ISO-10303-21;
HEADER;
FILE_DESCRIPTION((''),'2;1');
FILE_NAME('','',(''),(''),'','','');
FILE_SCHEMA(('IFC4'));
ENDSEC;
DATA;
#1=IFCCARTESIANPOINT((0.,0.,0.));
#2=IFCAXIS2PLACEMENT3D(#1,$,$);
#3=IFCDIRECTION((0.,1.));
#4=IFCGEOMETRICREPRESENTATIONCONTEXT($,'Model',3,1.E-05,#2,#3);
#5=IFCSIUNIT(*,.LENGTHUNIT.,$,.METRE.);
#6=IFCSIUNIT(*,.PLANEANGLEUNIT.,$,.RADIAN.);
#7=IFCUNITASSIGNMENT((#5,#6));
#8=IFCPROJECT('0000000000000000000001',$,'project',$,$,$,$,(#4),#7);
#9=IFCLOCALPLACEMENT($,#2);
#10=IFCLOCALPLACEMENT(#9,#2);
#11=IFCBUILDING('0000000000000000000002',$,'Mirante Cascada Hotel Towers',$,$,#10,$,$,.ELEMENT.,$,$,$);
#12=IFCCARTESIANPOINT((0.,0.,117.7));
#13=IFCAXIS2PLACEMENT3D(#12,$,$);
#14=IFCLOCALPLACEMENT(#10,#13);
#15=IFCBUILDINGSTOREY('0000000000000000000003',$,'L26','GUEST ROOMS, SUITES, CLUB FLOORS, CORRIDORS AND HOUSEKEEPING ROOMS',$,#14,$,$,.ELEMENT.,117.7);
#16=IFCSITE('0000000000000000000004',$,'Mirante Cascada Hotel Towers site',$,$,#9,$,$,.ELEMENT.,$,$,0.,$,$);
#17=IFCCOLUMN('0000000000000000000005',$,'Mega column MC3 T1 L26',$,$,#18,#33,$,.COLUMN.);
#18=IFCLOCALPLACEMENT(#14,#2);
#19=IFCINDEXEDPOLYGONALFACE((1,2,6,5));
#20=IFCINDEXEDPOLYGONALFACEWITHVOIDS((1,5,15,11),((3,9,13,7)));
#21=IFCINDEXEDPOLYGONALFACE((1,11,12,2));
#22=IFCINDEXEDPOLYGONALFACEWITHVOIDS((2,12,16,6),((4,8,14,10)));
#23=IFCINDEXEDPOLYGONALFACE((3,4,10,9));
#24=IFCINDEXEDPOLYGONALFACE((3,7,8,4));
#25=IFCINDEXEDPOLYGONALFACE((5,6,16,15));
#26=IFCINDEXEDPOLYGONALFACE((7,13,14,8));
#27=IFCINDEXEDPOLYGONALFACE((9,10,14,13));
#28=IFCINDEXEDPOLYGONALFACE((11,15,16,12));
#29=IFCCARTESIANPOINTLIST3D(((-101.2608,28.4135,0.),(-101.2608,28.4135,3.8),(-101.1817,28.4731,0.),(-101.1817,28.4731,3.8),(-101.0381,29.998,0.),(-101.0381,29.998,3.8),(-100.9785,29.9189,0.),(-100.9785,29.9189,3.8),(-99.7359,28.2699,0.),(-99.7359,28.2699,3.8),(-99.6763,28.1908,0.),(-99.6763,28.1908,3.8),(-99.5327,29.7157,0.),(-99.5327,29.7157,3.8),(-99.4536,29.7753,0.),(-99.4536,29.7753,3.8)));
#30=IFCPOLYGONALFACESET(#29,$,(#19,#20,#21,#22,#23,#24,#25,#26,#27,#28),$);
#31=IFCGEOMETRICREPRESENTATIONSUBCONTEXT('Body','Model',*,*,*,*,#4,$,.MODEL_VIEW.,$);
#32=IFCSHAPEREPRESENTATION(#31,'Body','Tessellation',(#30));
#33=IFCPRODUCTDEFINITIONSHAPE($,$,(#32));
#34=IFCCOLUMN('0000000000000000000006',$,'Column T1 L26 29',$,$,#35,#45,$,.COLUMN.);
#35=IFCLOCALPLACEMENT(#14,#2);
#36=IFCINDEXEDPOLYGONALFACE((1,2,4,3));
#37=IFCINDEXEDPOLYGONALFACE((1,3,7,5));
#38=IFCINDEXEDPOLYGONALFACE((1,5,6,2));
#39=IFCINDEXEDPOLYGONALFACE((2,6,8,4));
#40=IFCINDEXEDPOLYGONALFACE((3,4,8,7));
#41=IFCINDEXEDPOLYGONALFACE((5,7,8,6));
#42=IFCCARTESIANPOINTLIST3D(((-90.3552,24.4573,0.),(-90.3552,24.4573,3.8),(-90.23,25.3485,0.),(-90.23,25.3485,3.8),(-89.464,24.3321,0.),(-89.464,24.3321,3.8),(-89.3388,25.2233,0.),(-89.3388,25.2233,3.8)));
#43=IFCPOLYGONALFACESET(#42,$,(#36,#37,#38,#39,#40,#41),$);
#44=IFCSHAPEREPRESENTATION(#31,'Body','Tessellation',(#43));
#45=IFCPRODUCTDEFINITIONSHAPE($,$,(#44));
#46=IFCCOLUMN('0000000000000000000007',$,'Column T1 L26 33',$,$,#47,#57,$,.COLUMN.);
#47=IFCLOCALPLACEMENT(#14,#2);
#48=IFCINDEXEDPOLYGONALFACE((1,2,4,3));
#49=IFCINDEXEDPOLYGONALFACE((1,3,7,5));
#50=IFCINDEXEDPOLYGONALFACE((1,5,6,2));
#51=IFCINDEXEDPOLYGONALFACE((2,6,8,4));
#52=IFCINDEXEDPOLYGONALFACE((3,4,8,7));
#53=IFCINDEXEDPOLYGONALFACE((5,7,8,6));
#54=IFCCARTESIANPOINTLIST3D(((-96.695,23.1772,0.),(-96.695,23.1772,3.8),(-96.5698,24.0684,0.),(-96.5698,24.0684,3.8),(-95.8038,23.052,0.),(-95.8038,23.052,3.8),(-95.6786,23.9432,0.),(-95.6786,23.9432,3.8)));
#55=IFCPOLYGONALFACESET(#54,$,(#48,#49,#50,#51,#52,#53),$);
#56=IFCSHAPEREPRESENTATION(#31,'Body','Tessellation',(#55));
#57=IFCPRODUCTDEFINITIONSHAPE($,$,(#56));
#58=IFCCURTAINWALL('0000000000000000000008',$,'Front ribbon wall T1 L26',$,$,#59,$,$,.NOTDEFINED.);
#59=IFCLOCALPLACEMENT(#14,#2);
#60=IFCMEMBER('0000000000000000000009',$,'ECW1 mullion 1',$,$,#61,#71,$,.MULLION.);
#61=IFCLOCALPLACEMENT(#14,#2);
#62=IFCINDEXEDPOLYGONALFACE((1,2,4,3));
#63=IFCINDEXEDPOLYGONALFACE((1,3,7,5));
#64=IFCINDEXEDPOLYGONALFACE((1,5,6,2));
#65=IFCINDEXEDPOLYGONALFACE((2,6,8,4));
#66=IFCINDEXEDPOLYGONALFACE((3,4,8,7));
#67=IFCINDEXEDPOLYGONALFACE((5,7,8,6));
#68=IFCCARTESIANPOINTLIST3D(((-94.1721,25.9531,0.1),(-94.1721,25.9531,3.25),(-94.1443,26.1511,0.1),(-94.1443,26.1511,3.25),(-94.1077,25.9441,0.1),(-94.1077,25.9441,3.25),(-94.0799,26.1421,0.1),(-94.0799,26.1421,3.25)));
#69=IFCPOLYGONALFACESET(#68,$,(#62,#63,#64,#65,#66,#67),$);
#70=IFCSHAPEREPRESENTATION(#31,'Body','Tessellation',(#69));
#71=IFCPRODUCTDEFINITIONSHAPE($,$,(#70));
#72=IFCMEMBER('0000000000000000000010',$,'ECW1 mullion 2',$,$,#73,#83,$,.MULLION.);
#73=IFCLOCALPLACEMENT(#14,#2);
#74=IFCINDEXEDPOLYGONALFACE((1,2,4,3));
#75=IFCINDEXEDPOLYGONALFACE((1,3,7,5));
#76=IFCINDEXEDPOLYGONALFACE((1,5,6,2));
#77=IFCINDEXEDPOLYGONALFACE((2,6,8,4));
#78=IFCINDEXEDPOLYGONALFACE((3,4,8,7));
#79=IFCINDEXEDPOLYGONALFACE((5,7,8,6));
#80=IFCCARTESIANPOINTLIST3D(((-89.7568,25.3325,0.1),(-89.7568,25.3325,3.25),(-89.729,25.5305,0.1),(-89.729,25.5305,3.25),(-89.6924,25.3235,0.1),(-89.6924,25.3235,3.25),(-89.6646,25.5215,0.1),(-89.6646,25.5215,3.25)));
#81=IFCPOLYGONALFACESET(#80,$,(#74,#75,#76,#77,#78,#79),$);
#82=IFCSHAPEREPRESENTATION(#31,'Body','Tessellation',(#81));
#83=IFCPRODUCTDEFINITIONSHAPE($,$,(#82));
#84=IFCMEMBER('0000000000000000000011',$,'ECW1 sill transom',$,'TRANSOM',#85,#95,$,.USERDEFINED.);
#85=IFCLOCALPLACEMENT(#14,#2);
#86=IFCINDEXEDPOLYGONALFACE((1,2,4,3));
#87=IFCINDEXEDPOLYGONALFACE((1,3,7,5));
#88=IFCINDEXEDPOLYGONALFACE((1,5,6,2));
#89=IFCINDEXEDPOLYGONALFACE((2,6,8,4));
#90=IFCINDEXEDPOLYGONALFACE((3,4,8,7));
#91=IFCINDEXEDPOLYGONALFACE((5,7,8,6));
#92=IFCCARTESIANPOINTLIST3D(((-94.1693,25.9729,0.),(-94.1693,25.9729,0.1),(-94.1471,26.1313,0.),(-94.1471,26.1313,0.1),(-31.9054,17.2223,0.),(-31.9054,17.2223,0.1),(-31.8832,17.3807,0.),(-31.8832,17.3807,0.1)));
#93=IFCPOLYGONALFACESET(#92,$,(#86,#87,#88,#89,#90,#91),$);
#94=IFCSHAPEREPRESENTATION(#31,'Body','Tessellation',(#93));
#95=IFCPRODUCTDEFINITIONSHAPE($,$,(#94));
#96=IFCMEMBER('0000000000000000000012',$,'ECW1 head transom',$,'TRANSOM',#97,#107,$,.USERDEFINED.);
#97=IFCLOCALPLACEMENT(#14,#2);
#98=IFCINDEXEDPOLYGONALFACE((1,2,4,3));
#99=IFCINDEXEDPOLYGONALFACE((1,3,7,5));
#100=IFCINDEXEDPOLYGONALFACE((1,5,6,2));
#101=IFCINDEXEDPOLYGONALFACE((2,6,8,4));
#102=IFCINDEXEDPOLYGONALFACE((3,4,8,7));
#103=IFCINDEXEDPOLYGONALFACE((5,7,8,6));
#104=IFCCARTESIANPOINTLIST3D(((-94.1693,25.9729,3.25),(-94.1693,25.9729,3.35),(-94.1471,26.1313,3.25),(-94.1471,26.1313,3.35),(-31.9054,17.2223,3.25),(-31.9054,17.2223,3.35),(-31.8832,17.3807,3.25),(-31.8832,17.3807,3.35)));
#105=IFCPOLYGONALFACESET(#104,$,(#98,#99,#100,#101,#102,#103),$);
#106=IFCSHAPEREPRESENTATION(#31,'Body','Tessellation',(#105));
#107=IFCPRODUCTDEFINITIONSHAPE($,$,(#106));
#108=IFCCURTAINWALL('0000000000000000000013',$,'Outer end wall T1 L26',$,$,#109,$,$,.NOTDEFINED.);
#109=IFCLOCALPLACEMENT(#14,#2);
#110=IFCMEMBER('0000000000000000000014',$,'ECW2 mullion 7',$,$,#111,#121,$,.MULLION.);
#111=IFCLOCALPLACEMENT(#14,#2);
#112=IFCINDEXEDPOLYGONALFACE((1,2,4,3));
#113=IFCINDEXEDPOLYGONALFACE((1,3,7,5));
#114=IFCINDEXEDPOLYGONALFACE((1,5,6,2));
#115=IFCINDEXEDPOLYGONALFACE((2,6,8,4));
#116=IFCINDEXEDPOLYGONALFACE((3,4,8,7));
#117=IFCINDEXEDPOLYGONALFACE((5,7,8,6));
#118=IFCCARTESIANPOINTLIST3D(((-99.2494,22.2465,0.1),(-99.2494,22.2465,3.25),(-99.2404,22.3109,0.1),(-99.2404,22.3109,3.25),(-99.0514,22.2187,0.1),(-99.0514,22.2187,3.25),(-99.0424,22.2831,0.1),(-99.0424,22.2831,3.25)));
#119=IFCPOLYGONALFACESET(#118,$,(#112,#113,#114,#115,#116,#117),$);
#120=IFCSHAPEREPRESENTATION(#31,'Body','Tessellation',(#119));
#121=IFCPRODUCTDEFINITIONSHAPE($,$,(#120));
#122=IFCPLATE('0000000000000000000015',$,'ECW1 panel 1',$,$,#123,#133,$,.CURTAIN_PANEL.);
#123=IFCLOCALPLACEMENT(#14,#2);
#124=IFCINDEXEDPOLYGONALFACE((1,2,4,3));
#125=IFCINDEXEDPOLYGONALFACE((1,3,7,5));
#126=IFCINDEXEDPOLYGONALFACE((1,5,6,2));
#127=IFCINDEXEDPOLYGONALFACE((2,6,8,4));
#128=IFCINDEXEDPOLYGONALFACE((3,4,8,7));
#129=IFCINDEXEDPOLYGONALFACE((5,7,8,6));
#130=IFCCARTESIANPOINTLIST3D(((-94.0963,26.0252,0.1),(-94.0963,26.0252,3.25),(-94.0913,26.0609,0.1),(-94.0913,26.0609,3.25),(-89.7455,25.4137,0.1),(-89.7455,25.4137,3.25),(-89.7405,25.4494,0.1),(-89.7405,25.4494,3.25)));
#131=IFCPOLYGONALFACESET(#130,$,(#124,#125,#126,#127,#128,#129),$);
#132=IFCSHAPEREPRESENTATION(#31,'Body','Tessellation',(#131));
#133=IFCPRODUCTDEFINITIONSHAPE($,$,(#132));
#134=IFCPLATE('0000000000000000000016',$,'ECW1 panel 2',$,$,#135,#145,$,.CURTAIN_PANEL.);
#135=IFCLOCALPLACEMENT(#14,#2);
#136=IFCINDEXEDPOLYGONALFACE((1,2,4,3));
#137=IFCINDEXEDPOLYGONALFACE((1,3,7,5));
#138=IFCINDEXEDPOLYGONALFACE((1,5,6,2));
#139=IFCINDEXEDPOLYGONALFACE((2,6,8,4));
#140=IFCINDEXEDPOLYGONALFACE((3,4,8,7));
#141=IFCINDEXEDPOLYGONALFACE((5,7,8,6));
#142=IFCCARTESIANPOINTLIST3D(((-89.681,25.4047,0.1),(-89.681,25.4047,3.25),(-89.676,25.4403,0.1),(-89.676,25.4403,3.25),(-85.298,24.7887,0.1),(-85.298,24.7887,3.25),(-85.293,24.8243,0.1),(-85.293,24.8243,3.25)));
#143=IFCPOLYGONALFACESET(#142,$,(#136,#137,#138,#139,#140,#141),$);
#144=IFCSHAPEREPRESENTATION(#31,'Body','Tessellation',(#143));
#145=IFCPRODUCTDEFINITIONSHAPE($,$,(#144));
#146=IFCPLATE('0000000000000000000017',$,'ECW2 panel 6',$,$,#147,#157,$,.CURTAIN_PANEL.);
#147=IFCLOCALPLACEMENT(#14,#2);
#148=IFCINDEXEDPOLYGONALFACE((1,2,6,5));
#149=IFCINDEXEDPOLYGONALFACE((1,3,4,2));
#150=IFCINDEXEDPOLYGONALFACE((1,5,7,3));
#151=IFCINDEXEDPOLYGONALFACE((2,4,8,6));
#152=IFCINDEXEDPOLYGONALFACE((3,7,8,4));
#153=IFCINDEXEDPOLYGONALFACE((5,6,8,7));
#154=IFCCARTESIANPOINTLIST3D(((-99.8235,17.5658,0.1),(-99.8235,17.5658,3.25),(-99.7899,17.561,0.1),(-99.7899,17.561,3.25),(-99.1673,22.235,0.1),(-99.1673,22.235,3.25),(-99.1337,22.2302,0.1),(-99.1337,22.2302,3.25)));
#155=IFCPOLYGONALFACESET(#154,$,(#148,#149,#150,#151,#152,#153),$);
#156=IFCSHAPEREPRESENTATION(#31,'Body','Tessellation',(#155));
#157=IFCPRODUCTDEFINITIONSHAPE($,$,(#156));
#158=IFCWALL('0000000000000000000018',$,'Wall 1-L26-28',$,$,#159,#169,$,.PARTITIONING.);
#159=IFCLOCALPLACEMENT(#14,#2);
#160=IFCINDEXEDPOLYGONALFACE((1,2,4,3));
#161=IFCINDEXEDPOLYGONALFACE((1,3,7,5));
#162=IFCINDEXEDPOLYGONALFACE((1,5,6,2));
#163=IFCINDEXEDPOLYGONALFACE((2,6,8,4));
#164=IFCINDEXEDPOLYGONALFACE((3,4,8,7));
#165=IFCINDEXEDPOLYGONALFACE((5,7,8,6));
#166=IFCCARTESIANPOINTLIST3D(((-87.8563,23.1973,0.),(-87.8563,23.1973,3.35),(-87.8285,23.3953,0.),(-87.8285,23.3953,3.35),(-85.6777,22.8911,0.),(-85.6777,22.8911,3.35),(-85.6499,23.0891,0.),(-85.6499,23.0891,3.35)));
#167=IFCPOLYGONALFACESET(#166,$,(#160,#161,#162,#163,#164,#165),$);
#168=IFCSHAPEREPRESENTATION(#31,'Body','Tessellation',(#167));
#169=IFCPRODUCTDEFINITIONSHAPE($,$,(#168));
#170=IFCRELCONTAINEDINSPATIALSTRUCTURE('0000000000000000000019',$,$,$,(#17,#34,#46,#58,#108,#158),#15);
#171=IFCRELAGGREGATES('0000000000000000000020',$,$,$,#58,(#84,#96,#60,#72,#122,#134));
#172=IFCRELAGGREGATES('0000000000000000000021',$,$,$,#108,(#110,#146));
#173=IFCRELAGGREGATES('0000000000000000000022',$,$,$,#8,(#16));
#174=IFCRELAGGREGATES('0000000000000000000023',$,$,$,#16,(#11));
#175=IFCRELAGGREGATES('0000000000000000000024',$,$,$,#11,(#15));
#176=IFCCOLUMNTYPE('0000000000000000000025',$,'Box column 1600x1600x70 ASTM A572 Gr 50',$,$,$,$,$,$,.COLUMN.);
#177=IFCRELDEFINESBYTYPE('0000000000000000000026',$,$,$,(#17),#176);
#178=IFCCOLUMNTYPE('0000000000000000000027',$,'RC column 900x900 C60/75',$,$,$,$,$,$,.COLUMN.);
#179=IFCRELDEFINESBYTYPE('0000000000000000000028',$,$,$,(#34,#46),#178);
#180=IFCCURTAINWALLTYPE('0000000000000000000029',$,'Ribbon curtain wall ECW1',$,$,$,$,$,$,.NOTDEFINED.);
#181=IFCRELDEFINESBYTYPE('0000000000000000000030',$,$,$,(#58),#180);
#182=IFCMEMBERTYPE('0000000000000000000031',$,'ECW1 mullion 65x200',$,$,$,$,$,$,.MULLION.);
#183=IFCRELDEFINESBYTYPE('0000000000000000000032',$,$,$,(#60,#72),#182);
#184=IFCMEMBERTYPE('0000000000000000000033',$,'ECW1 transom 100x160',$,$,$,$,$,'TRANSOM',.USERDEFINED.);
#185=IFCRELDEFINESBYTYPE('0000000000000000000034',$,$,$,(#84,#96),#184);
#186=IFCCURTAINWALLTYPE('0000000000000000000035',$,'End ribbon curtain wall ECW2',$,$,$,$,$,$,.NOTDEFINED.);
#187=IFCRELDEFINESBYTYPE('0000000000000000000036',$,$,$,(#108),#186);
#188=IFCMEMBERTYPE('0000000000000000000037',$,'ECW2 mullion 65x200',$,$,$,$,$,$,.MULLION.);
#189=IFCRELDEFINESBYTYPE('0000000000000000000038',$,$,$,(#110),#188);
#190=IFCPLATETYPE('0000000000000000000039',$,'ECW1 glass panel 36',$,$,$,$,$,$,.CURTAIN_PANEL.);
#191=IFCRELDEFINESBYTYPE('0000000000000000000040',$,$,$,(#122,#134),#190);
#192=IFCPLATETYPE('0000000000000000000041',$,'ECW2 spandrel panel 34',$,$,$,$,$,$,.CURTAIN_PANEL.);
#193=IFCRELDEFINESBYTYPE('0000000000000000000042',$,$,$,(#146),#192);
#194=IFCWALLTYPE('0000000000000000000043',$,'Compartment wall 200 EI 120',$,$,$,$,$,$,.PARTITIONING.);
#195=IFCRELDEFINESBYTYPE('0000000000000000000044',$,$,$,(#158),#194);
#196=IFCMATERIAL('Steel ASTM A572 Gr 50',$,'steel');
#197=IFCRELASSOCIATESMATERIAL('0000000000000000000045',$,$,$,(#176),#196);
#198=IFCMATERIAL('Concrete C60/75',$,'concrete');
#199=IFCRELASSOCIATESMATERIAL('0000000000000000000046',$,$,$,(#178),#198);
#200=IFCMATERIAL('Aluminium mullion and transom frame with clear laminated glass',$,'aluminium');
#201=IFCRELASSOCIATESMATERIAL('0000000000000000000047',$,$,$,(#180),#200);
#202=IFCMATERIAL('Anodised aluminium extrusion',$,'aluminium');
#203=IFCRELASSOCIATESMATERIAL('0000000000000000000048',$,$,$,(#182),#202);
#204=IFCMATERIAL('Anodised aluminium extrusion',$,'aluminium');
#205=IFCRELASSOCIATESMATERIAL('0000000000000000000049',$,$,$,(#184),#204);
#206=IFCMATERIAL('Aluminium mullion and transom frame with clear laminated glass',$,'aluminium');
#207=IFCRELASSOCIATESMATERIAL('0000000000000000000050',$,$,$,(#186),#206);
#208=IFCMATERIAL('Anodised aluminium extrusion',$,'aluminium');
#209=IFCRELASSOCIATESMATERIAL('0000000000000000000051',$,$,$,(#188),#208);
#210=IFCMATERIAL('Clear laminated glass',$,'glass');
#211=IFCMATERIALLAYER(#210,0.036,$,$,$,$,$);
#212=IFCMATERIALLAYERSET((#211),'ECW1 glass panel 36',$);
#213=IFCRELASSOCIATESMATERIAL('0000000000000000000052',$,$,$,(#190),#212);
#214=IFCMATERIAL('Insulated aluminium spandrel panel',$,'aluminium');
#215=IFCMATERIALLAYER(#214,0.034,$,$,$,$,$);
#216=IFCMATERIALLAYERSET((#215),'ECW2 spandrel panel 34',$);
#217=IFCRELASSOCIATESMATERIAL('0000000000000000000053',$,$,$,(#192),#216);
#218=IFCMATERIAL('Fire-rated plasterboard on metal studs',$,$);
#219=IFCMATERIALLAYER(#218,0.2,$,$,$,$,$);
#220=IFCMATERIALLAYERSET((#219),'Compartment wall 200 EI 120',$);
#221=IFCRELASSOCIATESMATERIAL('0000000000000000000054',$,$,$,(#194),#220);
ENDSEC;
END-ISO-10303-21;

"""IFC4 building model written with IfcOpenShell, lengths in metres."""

from ifc_helpers import new_model, si_unit, direction, frame, frame_2d, origin, origin_2d, place, context, subcontext, project, spatial, rectangle, hollow_rectangle, extrude, material, layer, layer_set, material_profile, profile_set, type_object, element, aggregate, save


model = new_model("IFC4")

# Units and contexts
model_context = context("Model", 3, precision=1e-05, world=origin(), true_north=direction((0.0, 1.0)))
body_context = subcontext(model_context, "Body", "Model", "MODEL_VIEW")
ifc_project = project(units=[si_unit("LENGTHUNIT", "METRE"), si_unit("PLANEANGLEUNIT", "RADIAN")], contexts=[model_context])

# Site, building, storey
site_placement = place(None, origin())
site = spatial("IfcSite", under=ifc_project, at=site_placement, Name="Mirante Cascada Hotel Towers site", CompositionType="ELEMENT", RefElevation=0.0)
building_placement = place(site_placement, origin())
building = spatial("IfcBuilding", under=site, at=building_placement, Name="Mirante Cascada Hotel Towers", CompositionType="ELEMENT")
storey_placement = place(building_placement, frame((0.0, 0.0, 117.7)))
storey = spatial("IfcBuildingStorey", under=building, at=storey_placement, Name="L26", Description="GUEST ROOMS, SUITES, CLUB FLOORS, CORRIDORS AND HOUSEKEEPING ROOMS", CompositionType="ELEMENT", Elevation=117.7)

# Columns
ifc_material_1 = material(Name="Steel ASTM A572 Gr 50", Category="steel")
ifc_material_profile_1 = material_profile(ifc_material_1, hollow_rectangle(XDim=1.6, YDim=1.6, WallThickness=0.07, at=origin_2d()), Name="Box column 1600x1600x70 ASTM A572 Gr 50")
ifc_profile_set_1 = profile_set([ifc_material_profile_1], Name="Steel ASTM A572 Gr 50")
column_type_1 = type_object("IfcColumnType", Name="Box column 1600x1600x70 ASTM A572 Gr 50", PredefinedType="COLUMN", material=ifc_profile_set_1)
column_placement = place(storey_placement, frame((-100.3572, 29.0944, 0.0), z_axis=(0.0, 0.0, 1.0), x_axis=(-0.990268, 0.139173, 0.0)))
element("IfcColumn", 1, at=column_placement, inside=storey, type_object=column_type_1, Name="Mega column MC3 T1 L26", PredefinedType="COLUMN", context=body_context, shape_type="SweptSolid", body=[
    extrude(hollow_rectangle(XDim=1.6, YDim=1.6, WallThickness=0.07, at=origin_2d()), origin(), (0.0, 0.0, 1.0), 3.8),
])
ifc_material_2 = material(Name="Concrete C60/75", Category="concrete")
ifc_material_profile_2 = material_profile(ifc_material_2, rectangle(XDim=0.9, YDim=0.9, at=origin_2d()), Name="RC column 900x900 C60/75")
ifc_profile_set_2 = profile_set([ifc_material_profile_2], Name="Concrete C60/75")
column_type_2 = type_object("IfcColumnType", Name="RC column 900x900 C60/75", PredefinedType="COLUMN", material=ifc_profile_set_2)
for number, where, z_axis, x_axis, name in (
    (2, (-89.847, 24.8403, 0.0), (0.0, 0.0, 1.0), (-0.990268, 0.139173, 0.0), "Column T1 L26 29"),
    (3, (-96.1868, 23.5602, 0.0), (0.0, 0.0, 1.0), (-0.990268, 0.139173, 0.0), "Column T1 L26 33"),
):
    element("IfcColumn", number, at=place(storey_placement, frame(where, z_axis=z_axis, x_axis=x_axis)), inside=storey, type_object=column_type_2, Name=name, PredefinedType="COLUMN", context=body_context, shape_type="SweptSolid", body=[
        extrude(rectangle(XDim=0.9, YDim=0.9, at=origin_2d()), origin(), (0.0, 0.0, 1.0), 3.8),
    ])

# Curtain wall, members
ifc_material_3 = material(Name="Aluminium mullion and transom frame with clear laminated glass", Category="aluminium")
curtain_wall_type_1 = type_object("IfcCurtainWallType", Name="Ribbon curtain wall ECW1", PredefinedType="NOTDEFINED", material=ifc_material_3)
curtain_wall_1_placement = place(storey_placement, origin())
curtain_wall_1 = element("IfcCurtainWall", 4, at=curtain_wall_1_placement, inside=storey, type_object=curtain_wall_type_1, Name="Front ribbon wall T1 L26", PredefinedType="NOTDEFINED")
ifc_material_4 = material(Name="Anodised aluminium extrusion", Category="aluminium")
ifc_material_profile_3 = material_profile(ifc_material_4, rectangle(XDim=0.2, YDim=0.065, at=origin_2d()), Name="ECW1 MULLION 65x200")
ifc_profile_set_3 = profile_set([ifc_material_profile_3], Name="Anodised aluminium extrusion")
member_type_1 = type_object("IfcMemberType", Name="ECW1 mullion 65x200", PredefinedType="MULLION", material=ifc_profile_set_3)
member_1_placement = place(storey_placement, frame((-94.126, 26.0476, 0.1), z_axis=(0.0, 0.0, 1.0), x_axis=(0.139173, 0.990268, 0.0)))
member_1 = element("IfcMember", 5, at=member_1_placement, type_object=member_type_1, Name="ECW1 mullion 1", PredefinedType="MULLION", context=body_context, shape_type="SweptSolid", body=[
    extrude(rectangle(XDim=0.2, YDim=0.065, at=origin_2d()), origin(), (0.0, 0.0, 1.0), 3.15),
])
member_2_placement = place(storey_placement, frame((-89.7107, 25.427, 0.1), z_axis=(0.0, 0.0, 1.0), x_axis=(0.139173, 0.990268, 0.0)))
member_2 = element("IfcMember", 6, at=member_2_placement, type_object=member_type_1, Name="ECW1 mullion 2", PredefinedType="MULLION", context=body_context, shape_type="SweptSolid", body=[
    extrude(rectangle(XDim=0.2, YDim=0.065, at=origin_2d()), origin(), (0.0, 0.0, 1.0), 3.15),
])
ifc_material_5 = material(Name="Anodised aluminium extrusion", Category="aluminium")
ifc_material_profile_4 = material_profile(ifc_material_5, rectangle(XDim=0.16, YDim=0.1, at=origin_2d()), Name="ECW1 TRANSOM 100x160")
ifc_profile_set_4 = profile_set([ifc_material_profile_4], Name="Anodised aluminium extrusion")
member_type_2 = type_object("IfcMemberType", Name="ECW1 transom 100x160", ElementType="TRANSOM", PredefinedType="USERDEFINED", material=ifc_profile_set_4)
member_3_placement = place(storey_placement, frame((-94.1582, 26.0521, 0.05), z_axis=(0.990268, -0.139173, 0.0), x_axis=(0.139173, 0.990268, 0.0)))
member_3 = element("IfcMember", 7, at=member_3_placement, type_object=member_type_2, Name="ECW1 sill transom", ObjectType="TRANSOM", PredefinedType="USERDEFINED", context=body_context, shape_type="SweptSolid", body=[
    extrude(rectangle(XDim=0.16, YDim=0.1, at=origin_2d()), origin(), (0.0, 0.0, 1.0), 62.8758),
])
member_4_placement = place(storey_placement, frame((-94.1582, 26.0521, 3.3), z_axis=(0.990268, -0.139173, 0.0), x_axis=(0.139173, 0.990268, 0.0)))
member_4 = element("IfcMember", 8, at=member_4_placement, type_object=member_type_2, Name="ECW1 head transom", ObjectType="TRANSOM", PredefinedType="USERDEFINED", context=body_context, shape_type="SweptSolid", body=[
    extrude(rectangle(XDim=0.16, YDim=0.1, at=origin_2d()), origin(), (0.0, 0.0, 1.0), 62.8758),
])

# Curtain wall, member
ifc_material_6 = material(Name="Aluminium mullion and transom frame with clear laminated glass", Category="aluminium")
curtain_wall_type_2 = type_object("IfcCurtainWallType", Name="End ribbon curtain wall ECW2", PredefinedType="NOTDEFINED", material=ifc_material_6)
curtain_wall_2_placement = place(storey_placement, origin())
curtain_wall_2 = element("IfcCurtainWall", 9, at=curtain_wall_2_placement, inside=storey, type_object=curtain_wall_type_2, Name="Outer end wall T1 L26", PredefinedType="NOTDEFINED")
ifc_material_7 = material(Name="Anodised aluminium extrusion", Category="aluminium")
ifc_material_profile_5 = material_profile(ifc_material_7, rectangle(XDim=0.2, YDim=0.065, at=origin_2d()), Name="ECW2 MULLION 65x200")
ifc_profile_set_5 = profile_set([ifc_material_profile_5], Name="Anodised aluminium extrusion")
member_type_3 = type_object("IfcMemberType", Name="ECW2 mullion 65x200", PredefinedType="MULLION", material=ifc_profile_set_5)
member_5_placement = place(storey_placement, frame((-99.1459, 22.2648, 0.1), z_axis=(0.0, 0.0, 1.0), x_axis=(-0.990268, 0.139173, 0.0)))
member_5 = element("IfcMember", 10, at=member_5_placement, type_object=member_type_3, Name="ECW2 mullion 7", PredefinedType="MULLION", context=body_context, shape_type="SweptSolid", body=[
    extrude(rectangle(XDim=0.2, YDim=0.065, at=origin_2d()), origin(), (0.0, 0.0, 1.0), 3.15),
])

# Plates
ifc_material_8 = material(Name="Clear laminated glass", Category="glass")
ifc_layer_1 = layer(ifc_material_8, 0.036)
ifc_layer_set_1 = layer_set([ifc_layer_1], Name="ECW1 glass panel 36")
plate_type_1 = type_object("IfcPlateType", Name="ECW1 glass panel 36", PredefinedType="CURTAIN_PANEL", material=ifc_layer_set_1)
plate_1_placement = place(storey_placement, frame((-91.9184, 25.7373, 0.1), z_axis=(0.0, 0.0, 1.0), x_axis=(0.990268, -0.139173, 0.0)))
plate_1 = element("IfcPlate", 11, at=plate_1_placement, type_object=plate_type_1, Name="ECW1 panel 1", PredefinedType="CURTAIN_PANEL", context=body_context, shape_type="SweptSolid", body=[
    extrude(rectangle(XDim=4.3936, YDim=0.036, at=origin_2d()), origin(), (0.0, 0.0, 1.0), 3.15),
])
plate_2_placement = place(storey_placement, frame((-87.487, 25.1145, 0.1), z_axis=(0.0, 0.0, 1.0), x_axis=(0.990268, -0.139173, 0.0)))
plate_2 = element("IfcPlate", 12, at=plate_2_placement, type_object=plate_type_1, Name="ECW1 panel 2", PredefinedType="CURTAIN_PANEL", context=body_context, shape_type="SweptSolid", body=[
    extrude(rectangle(XDim=4.4261, YDim=0.036, at=origin_2d()), origin(), (0.0, 0.0, 1.0), 3.15),
])
aggregate(curtain_wall_1, [member_3, member_4, member_1, member_2, plate_1, plate_2])
ifc_material_9 = material(Name="Insulated aluminium spandrel panel", Category="aluminium")
ifc_layer_2 = layer(ifc_material_9, 0.034)
ifc_layer_set_2 = layer_set([ifc_layer_2], Name="ECW2 spandrel panel 34")
plate_type_2 = type_object("IfcPlateType", Name="ECW2 spandrel panel 34", PredefinedType="CURTAIN_PANEL", material=ifc_layer_set_2)
plate_3_placement = place(storey_placement, frame((-99.4786, 19.898, 0.1), z_axis=(0.0, 0.0, 1.0), x_axis=(0.139173, 0.990268, 0.0)))
plate_3 = element("IfcPlate", 13, at=plate_3_placement, type_object=plate_type_2, Name="ECW2 panel 6", PredefinedType="CURTAIN_PANEL", context=body_context, shape_type="SweptSolid", body=[
    extrude(rectangle(XDim=4.7151, YDim=0.034, at=origin_2d()), origin(), (0.0, 0.0, 1.0), 3.15),
])
aggregate(curtain_wall_2, [member_5, plate_3])

# Wall
ifc_material_10 = material(Name="Fire-rated plasterboard on metal studs")
ifc_layer_3 = layer(ifc_material_10, 0.2)
ifc_layer_set_3 = layer_set([ifc_layer_3], Name="Compartment wall 200 EI 120")
wall_type_1 = type_object("IfcWallType", Name="Compartment wall 200 EI 120", PredefinedType="PARTITIONING", material=ifc_layer_set_3)
wall_1_placement = place(storey_placement, frame((-87.8424, 23.2963, 0.0), z_axis=(0.0, 0.0, 1.0), x_axis=(0.990267, -0.139181, 0.0)))
element("IfcWall", 14, at=wall_1_placement, inside=storey, type_object=wall_type_1, Name="Wall 1-L26-28", PredefinedType="PARTITIONING", context=body_context, shape_type="SweptSolid", body=[
    extrude(rectangle(XDim=2.2, YDim=0.2, at=frame_2d((1.1, 0.0))), origin(), (0.0, 0.0, 1.0), 3.35),
])

save(model, "model.ifc")
